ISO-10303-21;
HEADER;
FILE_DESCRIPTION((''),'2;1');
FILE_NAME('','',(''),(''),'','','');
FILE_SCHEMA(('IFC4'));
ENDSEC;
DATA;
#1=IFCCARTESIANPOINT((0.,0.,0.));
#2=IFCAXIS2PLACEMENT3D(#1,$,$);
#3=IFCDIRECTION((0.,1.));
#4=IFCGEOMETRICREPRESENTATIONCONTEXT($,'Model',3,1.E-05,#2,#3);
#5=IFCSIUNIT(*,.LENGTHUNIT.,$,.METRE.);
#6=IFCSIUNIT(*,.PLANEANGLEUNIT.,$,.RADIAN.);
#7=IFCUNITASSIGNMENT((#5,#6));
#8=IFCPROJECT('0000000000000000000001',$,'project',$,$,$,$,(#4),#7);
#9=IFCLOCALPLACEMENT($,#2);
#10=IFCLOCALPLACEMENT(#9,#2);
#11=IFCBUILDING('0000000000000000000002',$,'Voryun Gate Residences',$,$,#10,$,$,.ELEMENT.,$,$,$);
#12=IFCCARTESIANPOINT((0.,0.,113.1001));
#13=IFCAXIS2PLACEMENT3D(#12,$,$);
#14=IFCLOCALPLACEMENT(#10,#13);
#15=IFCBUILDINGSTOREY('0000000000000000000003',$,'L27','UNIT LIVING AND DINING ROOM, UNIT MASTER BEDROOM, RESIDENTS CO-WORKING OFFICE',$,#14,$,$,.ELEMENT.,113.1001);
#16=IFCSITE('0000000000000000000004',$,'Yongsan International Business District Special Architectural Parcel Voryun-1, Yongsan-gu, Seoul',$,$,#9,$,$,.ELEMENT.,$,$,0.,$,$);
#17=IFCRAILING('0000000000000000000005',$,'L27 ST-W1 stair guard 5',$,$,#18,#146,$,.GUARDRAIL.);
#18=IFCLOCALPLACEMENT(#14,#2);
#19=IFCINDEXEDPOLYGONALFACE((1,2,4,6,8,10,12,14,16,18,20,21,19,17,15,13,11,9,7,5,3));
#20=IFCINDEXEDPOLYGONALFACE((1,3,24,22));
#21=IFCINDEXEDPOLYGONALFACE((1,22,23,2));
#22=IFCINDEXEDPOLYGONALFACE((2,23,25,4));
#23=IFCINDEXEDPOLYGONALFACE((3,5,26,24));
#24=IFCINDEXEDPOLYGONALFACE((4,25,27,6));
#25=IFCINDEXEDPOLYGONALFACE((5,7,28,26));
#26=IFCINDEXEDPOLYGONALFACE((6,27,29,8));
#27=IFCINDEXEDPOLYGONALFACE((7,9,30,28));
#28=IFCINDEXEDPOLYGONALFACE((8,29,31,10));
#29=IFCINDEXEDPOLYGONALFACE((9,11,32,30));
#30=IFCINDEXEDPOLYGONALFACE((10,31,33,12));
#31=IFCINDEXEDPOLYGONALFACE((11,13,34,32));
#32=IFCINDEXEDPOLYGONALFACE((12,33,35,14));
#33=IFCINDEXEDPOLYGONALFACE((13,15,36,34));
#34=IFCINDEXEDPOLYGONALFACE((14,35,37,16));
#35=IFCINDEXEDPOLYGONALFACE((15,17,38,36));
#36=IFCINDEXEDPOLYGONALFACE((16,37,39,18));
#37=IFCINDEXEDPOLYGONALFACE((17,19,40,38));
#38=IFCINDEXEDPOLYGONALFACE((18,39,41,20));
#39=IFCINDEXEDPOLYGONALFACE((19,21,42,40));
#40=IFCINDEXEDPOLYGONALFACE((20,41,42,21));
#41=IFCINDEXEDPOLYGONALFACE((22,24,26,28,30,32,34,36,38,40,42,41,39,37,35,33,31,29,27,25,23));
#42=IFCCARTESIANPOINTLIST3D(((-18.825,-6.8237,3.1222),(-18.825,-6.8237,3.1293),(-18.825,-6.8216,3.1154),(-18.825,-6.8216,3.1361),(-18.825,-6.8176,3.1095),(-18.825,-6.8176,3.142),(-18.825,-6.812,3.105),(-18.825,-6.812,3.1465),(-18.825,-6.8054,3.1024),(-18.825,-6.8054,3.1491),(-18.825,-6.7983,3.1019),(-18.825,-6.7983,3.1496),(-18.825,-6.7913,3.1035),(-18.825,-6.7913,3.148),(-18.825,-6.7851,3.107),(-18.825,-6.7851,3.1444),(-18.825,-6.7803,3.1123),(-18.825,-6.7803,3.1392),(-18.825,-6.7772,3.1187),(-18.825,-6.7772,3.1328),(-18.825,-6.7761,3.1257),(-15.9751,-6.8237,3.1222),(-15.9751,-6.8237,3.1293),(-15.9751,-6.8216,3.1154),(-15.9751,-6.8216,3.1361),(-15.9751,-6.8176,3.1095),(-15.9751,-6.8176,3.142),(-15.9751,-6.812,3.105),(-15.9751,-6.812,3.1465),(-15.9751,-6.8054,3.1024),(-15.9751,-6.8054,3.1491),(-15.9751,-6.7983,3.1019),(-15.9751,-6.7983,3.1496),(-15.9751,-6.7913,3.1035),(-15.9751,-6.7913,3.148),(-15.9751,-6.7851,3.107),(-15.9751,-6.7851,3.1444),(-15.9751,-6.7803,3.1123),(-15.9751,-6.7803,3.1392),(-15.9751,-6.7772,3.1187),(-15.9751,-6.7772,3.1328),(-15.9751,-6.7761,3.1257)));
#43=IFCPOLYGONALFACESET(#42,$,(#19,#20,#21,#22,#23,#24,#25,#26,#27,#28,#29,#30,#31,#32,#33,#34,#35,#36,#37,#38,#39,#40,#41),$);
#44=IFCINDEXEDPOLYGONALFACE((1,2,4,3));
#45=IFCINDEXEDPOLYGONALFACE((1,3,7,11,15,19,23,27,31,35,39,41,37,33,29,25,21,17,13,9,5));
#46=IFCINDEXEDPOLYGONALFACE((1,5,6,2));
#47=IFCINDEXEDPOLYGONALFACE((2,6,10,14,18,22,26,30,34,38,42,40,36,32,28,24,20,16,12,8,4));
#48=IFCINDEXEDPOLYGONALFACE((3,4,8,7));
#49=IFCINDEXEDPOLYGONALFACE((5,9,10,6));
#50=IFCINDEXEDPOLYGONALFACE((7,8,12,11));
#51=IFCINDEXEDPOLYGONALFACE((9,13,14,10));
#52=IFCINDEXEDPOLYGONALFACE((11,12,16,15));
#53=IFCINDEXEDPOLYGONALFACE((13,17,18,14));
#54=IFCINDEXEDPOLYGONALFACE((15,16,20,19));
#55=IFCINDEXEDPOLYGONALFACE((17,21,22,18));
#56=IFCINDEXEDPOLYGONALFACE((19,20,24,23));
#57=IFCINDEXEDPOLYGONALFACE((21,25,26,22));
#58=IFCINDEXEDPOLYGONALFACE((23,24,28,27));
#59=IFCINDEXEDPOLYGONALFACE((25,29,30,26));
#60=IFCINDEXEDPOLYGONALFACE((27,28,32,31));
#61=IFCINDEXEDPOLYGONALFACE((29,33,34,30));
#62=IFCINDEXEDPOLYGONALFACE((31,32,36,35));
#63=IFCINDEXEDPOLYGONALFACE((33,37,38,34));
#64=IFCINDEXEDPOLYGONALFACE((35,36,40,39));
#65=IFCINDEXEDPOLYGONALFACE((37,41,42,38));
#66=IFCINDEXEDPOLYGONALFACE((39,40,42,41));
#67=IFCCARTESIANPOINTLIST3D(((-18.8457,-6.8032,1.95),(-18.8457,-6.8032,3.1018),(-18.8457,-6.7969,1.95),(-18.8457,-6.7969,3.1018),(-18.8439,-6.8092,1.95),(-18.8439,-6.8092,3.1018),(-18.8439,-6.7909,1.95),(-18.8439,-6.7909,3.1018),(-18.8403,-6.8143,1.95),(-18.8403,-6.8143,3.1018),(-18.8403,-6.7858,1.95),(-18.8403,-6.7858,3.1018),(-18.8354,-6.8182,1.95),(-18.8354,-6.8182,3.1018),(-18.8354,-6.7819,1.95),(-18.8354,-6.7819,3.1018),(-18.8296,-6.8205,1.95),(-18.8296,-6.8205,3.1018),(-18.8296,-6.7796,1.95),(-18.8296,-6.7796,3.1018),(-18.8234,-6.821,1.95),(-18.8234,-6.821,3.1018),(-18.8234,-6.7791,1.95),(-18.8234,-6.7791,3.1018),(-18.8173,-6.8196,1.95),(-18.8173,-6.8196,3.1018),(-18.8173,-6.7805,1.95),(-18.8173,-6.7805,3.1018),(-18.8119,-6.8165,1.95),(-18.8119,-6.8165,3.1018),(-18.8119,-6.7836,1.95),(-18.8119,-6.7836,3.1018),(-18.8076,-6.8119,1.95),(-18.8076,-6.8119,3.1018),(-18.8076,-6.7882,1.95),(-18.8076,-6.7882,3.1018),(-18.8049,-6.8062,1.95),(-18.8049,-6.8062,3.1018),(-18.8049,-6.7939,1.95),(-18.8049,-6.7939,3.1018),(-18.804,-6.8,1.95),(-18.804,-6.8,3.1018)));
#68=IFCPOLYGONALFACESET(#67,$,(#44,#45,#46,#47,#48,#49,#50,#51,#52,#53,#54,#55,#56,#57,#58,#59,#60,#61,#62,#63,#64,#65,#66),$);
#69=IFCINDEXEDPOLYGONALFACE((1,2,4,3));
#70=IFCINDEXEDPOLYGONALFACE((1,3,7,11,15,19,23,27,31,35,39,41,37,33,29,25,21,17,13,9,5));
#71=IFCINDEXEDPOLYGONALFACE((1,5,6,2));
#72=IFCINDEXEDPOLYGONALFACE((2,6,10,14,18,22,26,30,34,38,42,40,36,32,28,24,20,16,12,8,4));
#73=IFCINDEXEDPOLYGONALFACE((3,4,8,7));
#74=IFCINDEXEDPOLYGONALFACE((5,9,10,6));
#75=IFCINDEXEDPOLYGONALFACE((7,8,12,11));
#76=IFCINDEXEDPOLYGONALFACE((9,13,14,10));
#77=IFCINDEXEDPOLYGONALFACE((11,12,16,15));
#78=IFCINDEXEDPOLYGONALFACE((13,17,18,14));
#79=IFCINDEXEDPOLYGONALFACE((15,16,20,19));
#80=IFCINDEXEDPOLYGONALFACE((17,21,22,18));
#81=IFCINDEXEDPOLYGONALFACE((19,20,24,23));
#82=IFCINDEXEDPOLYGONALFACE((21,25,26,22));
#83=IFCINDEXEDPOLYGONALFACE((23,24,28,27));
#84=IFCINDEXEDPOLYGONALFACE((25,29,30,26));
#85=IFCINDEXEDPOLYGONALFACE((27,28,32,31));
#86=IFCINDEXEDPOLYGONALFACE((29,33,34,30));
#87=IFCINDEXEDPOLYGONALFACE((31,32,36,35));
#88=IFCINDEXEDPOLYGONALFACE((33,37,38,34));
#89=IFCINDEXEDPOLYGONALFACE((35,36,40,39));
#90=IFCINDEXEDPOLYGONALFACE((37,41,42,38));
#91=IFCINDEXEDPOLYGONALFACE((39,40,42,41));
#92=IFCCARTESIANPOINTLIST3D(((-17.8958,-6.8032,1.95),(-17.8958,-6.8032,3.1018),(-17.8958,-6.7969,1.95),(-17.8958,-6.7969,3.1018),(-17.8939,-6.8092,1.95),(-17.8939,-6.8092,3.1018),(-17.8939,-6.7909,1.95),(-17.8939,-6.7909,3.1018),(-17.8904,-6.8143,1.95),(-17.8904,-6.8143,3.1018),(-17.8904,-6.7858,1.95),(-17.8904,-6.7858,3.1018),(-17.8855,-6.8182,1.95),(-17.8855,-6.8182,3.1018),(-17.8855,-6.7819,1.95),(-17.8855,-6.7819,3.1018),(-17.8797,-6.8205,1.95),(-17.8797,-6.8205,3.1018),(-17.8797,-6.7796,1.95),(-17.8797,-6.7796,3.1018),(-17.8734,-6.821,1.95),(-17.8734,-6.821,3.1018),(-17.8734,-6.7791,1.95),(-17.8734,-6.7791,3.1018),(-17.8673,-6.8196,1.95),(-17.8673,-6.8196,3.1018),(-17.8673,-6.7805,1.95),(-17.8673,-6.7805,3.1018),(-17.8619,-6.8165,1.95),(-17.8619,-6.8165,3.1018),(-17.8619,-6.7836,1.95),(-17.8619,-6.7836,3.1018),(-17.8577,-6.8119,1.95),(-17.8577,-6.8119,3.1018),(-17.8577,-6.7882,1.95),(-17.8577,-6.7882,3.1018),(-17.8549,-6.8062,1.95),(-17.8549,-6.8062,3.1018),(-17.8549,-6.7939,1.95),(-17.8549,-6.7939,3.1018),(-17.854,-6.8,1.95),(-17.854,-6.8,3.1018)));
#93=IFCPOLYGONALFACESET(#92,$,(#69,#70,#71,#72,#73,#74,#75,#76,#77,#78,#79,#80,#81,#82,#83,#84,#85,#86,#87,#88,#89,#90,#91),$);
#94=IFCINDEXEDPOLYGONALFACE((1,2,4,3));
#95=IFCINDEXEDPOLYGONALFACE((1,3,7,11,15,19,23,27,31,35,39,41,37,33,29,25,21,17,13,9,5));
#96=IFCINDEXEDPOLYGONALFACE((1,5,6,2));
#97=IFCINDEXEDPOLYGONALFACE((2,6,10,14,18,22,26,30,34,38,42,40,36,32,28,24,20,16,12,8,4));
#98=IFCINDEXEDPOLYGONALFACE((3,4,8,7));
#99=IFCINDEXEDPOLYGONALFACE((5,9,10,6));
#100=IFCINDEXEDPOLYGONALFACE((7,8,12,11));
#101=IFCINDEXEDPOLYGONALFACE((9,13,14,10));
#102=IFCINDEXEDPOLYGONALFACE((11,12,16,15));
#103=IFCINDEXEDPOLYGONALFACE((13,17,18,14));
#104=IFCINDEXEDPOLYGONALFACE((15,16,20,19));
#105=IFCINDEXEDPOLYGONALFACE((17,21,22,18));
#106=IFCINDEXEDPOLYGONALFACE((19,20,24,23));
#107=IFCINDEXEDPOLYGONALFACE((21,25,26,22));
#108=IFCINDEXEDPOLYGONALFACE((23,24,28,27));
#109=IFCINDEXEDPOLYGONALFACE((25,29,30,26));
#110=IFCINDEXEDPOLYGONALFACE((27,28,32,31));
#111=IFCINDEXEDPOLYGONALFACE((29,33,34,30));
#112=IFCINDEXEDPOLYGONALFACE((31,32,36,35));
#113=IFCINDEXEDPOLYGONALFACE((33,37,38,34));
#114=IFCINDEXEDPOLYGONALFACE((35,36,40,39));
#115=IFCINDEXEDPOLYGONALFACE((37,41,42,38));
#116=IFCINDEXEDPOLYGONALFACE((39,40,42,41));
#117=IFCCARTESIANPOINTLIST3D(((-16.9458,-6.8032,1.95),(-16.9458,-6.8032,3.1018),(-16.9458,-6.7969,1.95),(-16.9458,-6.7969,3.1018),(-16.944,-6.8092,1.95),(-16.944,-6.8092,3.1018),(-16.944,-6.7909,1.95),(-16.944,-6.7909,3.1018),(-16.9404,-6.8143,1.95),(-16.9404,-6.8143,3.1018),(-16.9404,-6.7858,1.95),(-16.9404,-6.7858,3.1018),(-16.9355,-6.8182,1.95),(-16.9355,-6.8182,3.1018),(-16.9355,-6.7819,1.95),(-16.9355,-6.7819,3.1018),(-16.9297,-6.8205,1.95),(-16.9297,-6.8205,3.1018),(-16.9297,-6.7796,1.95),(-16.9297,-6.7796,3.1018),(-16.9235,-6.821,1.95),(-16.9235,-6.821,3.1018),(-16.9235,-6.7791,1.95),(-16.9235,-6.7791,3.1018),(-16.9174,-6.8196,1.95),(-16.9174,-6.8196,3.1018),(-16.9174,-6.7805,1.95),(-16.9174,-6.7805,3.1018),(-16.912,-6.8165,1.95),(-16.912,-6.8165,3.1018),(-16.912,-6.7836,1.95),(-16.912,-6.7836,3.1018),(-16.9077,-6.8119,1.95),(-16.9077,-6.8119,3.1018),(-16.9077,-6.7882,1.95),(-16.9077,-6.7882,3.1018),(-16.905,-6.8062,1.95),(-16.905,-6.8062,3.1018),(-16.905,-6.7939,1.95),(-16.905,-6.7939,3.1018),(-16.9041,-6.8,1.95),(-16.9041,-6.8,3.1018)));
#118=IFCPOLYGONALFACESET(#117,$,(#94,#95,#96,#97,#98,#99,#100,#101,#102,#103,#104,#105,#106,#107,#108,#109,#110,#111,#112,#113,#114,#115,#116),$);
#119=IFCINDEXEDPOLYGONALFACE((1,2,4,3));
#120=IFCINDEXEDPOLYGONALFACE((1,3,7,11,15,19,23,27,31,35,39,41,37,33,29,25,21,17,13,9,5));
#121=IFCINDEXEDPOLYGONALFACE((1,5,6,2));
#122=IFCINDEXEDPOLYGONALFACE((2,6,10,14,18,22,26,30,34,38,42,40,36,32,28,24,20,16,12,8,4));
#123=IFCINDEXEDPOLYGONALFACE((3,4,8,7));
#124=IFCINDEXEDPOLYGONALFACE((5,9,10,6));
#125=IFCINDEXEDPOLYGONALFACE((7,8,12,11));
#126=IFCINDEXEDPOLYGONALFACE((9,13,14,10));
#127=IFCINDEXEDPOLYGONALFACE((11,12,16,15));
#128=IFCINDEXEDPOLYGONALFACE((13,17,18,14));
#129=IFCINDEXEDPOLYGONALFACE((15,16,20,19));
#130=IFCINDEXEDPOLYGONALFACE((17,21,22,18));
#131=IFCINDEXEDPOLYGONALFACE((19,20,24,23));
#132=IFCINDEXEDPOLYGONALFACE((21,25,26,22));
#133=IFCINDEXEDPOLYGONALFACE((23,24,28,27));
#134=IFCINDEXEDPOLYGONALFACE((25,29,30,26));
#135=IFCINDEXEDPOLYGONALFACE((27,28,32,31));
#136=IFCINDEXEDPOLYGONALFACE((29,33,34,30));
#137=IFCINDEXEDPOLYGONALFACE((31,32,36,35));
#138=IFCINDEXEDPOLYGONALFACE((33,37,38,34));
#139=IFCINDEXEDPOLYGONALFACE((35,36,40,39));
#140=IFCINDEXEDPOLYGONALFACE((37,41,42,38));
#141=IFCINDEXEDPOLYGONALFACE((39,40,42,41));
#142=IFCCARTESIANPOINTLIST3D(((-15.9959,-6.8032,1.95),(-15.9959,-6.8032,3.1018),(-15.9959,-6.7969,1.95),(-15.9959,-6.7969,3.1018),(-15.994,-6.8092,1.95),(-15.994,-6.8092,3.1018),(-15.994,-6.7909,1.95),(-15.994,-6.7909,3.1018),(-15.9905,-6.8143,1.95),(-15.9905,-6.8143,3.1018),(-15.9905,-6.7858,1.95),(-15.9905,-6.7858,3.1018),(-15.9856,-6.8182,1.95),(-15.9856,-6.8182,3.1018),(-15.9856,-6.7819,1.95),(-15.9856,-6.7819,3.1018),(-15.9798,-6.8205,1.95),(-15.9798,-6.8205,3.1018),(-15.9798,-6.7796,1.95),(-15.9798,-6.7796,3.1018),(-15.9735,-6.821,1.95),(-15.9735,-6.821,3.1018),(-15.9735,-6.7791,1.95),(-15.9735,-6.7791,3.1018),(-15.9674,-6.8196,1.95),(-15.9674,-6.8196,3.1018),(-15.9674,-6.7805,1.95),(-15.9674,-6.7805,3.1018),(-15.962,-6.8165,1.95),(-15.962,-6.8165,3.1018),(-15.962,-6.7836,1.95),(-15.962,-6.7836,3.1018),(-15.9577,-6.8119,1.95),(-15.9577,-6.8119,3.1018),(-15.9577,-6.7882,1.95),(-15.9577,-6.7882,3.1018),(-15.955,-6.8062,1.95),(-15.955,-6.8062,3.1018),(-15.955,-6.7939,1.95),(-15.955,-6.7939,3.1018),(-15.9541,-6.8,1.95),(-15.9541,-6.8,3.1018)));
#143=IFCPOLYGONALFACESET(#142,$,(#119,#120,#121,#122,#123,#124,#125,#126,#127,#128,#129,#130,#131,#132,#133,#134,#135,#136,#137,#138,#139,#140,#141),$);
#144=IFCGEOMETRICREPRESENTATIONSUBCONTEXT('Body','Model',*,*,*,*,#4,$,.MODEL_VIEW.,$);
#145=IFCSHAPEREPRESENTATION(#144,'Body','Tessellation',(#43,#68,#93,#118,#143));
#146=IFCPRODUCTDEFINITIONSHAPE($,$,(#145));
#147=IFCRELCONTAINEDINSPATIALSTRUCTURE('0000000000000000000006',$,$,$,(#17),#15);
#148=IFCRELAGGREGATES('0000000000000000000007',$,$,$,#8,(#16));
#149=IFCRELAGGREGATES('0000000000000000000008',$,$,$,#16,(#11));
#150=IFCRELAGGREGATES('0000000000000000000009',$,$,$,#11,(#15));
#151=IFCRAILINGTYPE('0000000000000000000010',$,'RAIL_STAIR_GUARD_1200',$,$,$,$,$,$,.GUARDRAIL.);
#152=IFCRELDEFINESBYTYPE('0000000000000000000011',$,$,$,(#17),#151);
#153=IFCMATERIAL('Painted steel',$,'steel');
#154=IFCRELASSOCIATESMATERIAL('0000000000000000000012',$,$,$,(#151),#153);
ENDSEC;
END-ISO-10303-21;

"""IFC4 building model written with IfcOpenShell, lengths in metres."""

from ifc_helpers import new_model, si_unit, direction, frame, origin, origin_2d, place, context, subcontext, project, spatial, circle, extrude, material, type_object, element, save


model = new_model("IFC4")

# Units and contexts
model_context = context("Model", 3, precision=1e-05, world=origin(), true_north=direction((0.0, 1.0)))
body_context = subcontext(model_context, "Body", "Model", "MODEL_VIEW")
ifc_project = project(units=[si_unit("LENGTHUNIT", "METRE"), si_unit("PLANEANGLEUNIT", "RADIAN")], contexts=[model_context])

# Site, building, storey
site_placement = place(None, origin())
site = spatial("IfcSite", under=ifc_project, at=site_placement, Name="Yongsan International Business District Special Architectural Parcel Voryun-1, Yongsan-gu, Seoul", CompositionType="ELEMENT", RefElevation=0.0)
building_placement = place(site_placement, origin())
building = spatial("IfcBuilding", under=site, at=building_placement, Name="Voryun Gate Residences", CompositionType="ELEMENT")
storey_placement = place(building_placement, frame((0.0, 0.0, 113.1001)))
storey = spatial("IfcBuildingStorey", under=building, at=storey_placement, Name="L27", Description="UNIT LIVING AND DINING ROOM, UNIT MASTER BEDROOM, RESIDENTS CO-WORKING OFFICE", CompositionType="ELEMENT", Elevation=113.1001)

# Railing
ifc_material_1 = material(Name="Painted steel", Category="steel")
railing_type_1 = type_object("IfcRailingType", Name="RAIL_STAIR_GUARD_1200", PredefinedType="GUARDRAIL", material=ifc_material_1)
railing_1_placement = place(storey_placement, frame((-18.825, -6.8, 1.95)))
element("IfcRailing", 1, at=railing_1_placement, inside=storey, type_object=railing_type_1, Name="L27 ST-W1 stair guard 5", PredefinedType="GUARDRAIL", context=body_context, shape_type="SweptSolid", body=[
    extrude(circle(Radius=0.0239, at=origin_2d()), frame((0.0, 0.0, 1.1758), z_axis=(1.0, 0.0, 0.0), x_axis=(0.0, 1.0, 0.0)), (0.0, 0.0, 1.0), 2.8499),
    extrude(circle(Radius=0.021, at=origin_2d()), origin(), (0.0, 0.0, 1.0), 1.1519),
    extrude(circle(Radius=0.021, at=origin_2d()), frame((0.95, 0.0, 0.0)), (0.0, 0.0, 1.0), 1.1519),
    extrude(circle(Radius=0.021, at=origin_2d()), frame((1.8999, 0.0, 0.0)), (0.0, 0.0, 1.0), 1.1519),
    extrude(circle(Radius=0.021, at=origin_2d()), frame((2.8499, 0.0, 0.0)), (0.0, 0.0, 1.0), 1.1519),
])

save(model, "model.ifc")
